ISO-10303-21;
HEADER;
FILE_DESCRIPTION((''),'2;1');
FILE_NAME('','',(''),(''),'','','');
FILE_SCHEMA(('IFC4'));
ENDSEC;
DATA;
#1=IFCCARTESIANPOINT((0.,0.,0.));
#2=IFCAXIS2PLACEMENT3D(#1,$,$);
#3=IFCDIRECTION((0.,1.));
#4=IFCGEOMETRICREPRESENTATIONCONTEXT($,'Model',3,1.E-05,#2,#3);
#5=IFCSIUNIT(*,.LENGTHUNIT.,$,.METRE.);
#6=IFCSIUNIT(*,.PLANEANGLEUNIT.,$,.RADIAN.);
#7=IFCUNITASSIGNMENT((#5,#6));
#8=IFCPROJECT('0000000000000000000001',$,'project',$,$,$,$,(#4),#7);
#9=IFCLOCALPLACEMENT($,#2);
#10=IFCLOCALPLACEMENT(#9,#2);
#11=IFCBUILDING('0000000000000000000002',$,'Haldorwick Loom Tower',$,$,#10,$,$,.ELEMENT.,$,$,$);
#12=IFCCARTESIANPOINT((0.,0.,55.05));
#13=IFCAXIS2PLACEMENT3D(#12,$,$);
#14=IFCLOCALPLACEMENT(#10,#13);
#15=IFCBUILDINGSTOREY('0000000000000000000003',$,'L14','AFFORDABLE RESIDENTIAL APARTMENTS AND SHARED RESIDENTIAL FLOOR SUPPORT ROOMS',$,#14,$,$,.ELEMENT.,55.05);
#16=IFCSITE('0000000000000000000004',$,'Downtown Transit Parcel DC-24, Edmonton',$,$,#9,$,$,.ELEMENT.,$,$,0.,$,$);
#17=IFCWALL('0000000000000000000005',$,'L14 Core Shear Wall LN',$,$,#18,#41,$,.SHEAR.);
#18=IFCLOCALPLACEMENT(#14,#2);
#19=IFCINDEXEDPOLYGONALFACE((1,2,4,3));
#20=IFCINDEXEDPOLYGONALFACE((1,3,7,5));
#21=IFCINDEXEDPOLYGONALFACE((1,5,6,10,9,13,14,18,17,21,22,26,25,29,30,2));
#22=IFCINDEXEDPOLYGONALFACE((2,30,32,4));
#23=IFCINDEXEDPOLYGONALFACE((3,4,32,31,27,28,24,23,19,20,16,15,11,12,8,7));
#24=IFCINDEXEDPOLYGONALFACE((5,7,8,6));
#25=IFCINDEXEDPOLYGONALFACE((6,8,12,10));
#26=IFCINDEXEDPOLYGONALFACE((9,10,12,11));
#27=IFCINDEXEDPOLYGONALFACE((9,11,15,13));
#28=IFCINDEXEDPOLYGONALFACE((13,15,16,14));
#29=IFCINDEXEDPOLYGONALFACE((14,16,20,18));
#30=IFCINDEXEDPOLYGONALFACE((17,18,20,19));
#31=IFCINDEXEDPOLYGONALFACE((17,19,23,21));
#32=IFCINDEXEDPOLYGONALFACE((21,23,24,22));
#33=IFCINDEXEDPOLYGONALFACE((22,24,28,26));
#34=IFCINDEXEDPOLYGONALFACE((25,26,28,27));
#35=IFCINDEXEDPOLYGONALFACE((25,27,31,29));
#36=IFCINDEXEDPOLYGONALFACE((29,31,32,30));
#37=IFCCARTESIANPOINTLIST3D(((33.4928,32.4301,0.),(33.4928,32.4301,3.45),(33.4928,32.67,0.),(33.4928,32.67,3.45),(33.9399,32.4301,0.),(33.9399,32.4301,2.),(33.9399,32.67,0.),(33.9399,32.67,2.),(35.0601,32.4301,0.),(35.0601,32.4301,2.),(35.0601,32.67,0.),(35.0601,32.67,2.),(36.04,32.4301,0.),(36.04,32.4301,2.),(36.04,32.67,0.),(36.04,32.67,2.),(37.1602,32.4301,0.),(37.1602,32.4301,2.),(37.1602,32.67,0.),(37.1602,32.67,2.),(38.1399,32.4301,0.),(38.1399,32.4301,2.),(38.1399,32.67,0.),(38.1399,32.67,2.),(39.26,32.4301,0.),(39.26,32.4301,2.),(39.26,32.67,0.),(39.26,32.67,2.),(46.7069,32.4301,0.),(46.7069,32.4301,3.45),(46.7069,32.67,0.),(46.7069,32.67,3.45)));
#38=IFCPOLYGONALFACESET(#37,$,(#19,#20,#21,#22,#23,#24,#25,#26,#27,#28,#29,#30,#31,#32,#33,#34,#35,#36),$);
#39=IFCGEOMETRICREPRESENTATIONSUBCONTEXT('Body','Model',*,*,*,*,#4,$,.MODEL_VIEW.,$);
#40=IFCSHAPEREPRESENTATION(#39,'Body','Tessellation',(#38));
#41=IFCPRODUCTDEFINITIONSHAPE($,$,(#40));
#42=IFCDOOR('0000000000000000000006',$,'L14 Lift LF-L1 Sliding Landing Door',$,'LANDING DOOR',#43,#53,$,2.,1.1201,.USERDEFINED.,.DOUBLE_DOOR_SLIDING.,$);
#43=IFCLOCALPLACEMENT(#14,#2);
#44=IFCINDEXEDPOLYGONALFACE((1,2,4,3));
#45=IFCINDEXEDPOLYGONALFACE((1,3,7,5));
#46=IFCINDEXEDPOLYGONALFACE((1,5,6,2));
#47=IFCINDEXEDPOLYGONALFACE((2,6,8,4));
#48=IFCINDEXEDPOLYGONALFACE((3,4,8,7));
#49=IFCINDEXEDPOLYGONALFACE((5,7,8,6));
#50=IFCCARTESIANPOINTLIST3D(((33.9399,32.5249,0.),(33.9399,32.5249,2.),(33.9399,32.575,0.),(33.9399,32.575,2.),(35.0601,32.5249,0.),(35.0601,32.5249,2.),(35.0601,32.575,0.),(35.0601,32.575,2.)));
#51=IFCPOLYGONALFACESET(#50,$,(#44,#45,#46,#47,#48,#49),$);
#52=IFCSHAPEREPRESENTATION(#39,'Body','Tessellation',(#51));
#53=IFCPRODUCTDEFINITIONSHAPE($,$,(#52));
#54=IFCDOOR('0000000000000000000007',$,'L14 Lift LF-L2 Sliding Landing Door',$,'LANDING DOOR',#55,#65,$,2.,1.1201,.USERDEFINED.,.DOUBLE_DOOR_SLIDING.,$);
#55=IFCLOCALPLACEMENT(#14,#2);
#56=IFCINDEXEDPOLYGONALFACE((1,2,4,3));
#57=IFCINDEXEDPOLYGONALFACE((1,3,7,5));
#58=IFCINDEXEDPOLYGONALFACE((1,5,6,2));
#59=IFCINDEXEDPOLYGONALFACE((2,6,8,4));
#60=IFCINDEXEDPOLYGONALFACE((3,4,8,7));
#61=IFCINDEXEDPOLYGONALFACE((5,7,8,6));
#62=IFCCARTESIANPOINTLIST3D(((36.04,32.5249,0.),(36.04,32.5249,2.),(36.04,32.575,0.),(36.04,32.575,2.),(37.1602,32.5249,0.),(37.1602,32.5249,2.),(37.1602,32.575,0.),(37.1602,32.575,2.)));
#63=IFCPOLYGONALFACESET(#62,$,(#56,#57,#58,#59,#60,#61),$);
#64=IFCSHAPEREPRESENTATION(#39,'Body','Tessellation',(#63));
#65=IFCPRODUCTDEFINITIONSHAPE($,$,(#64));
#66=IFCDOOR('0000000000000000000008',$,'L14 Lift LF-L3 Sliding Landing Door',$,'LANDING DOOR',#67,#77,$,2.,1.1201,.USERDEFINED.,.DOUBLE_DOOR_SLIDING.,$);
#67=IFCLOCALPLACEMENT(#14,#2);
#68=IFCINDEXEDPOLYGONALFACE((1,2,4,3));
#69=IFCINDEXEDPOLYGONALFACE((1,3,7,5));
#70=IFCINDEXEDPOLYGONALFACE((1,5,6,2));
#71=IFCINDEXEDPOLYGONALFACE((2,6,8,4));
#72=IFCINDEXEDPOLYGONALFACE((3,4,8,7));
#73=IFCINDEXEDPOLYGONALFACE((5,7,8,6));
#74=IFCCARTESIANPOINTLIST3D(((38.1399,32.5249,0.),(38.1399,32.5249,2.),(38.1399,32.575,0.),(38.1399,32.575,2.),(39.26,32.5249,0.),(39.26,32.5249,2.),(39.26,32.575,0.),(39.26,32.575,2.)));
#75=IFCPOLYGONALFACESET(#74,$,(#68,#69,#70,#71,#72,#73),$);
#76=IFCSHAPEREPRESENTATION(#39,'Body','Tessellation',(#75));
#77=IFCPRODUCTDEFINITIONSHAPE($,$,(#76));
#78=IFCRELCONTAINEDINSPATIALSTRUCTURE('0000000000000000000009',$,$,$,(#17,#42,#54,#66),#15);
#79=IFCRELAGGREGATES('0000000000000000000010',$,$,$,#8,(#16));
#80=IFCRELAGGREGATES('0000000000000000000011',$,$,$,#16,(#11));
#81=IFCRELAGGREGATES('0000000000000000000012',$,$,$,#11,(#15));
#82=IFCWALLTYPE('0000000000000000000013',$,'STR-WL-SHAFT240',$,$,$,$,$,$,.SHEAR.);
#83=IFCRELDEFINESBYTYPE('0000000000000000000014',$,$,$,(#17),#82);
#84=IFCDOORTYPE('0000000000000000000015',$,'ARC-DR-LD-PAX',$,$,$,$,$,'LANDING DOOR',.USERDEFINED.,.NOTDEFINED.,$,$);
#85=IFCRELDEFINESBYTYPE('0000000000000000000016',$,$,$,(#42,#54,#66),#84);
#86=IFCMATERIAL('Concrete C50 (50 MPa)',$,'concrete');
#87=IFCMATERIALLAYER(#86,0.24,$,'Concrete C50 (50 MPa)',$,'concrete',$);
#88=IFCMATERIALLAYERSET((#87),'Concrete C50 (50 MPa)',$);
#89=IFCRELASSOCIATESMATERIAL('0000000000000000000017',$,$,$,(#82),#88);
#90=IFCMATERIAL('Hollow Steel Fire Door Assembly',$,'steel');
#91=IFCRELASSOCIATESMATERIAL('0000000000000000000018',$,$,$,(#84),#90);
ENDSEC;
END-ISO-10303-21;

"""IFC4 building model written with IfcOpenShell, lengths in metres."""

from ifc_helpers import new_model, si_unit, direction, frame, frame_2d, origin, place, context, subcontext, project, spatial, rectangle, extrude, material, layer, layer_set, type_object, element, fill, save


model = new_model("IFC4")

# Units and contexts
model_context = context("Model", 3, precision=1e-05, world=origin(), true_north=direction((0.0, 1.0)))
body_context = subcontext(model_context, "Body", "Model", "MODEL_VIEW")
ifc_project = project(units=[si_unit("LENGTHUNIT", "METRE"), si_unit("PLANEANGLEUNIT", "RADIAN")], contexts=[model_context])

# Site, building, storey
site_placement = place(None, origin())
site = spatial("IfcSite", under=ifc_project, at=site_placement, Name="Downtown Transit Parcel DC-24, Edmonton", CompositionType="ELEMENT", RefElevation=0.0)
building_placement = place(site_placement, origin())
building = spatial("IfcBuilding", under=site, at=building_placement, Name="Haldorwick Loom Tower", CompositionType="ELEMENT")
storey_placement = place(building_placement, frame((0.0, 0.0, 55.05)))
storey = spatial("IfcBuildingStorey", under=building, at=storey_placement, Name="L14", Description="AFFORDABLE RESIDENTIAL APARTMENTS AND SHARED RESIDENTIAL FLOOR SUPPORT ROOMS", CompositionType="ELEMENT", Elevation=55.05)

# Shared definitions
ifc_material_1 = material(Name="Concrete C50 (50 MPa)", Category="concrete")
ifc_layer_1 = layer(ifc_material_1, 0.24, Name="Concrete C50 (50 MPa)", Category="concrete")
ifc_layer_set_1 = layer_set([ifc_layer_1], Name="Concrete C50 (50 MPa)")
wall_type_1 = type_object("IfcWallType", Name="STR-WL-SHAFT240", PredefinedType="SHEAR", material=ifc_layer_set_1)

# Wall, openings, doors
wall_1_placement = place(storey_placement, frame((33.4929, 32.55, 0.0), z_axis=(0.0, 0.0, 1.0), x_axis=(1.0, 0.0, 0.0)))
wall_1 = element("IfcWall", 1, at=wall_1_placement, inside=storey, type_object=wall_type_1, Name="L14 Core Shear Wall LN", PredefinedType="SHEAR", context=body_context, shape_type="SweptSolid", body=[
    extrude(rectangle(XDim=13.2141, YDim=0.24, at=frame_2d((6.6069, 0.0))), origin(), (0.0, 0.0, 1.0), 3.45),
])
opening_1_placement = place(wall_1_placement, frame((0.447, 0.0, 0.0)))
opening_1 = element("IfcOpeningElement", 2, at=opening_1_placement, cuts=wall_1, PredefinedType="OPENING", context=body_context, shape_type="SweptSolid", body=[
    extrude(rectangle(XDim=1.1201, YDim=2.0, at=frame_2d((0.5601, 1.0))), frame((0.0, 0.1299, 0.0), z_axis=(0.0, -1.0, 0.0), x_axis=(1.0, 0.0, 0.0)), (0.0, 0.0, 1.0), 0.26),
])
opening_2_placement = place(wall_1_placement, frame((2.5471, 0.0, 0.0)))
opening_2 = element("IfcOpeningElement", 3, at=opening_2_placement, cuts=wall_1, PredefinedType="OPENING", context=body_context, shape_type="SweptSolid", body=[
    extrude(rectangle(XDim=1.1201, YDim=2.0, at=frame_2d((0.5601, 1.0))), frame((0.0, 0.1299, 0.0), z_axis=(0.0, -1.0, 0.0), x_axis=(1.0, 0.0, 0.0)), (0.0, 0.0, 1.0), 0.26),
])
opening_3_placement = place(wall_1_placement, frame((4.647, 0.0, 0.0)))
opening_3 = element("IfcOpeningElement", 4, at=opening_3_placement, cuts=wall_1, PredefinedType="OPENING", context=body_context, shape_type="SweptSolid", body=[
    extrude(rectangle(XDim=1.1201, YDim=2.0, at=frame_2d((0.5601, 1.0))), frame((0.0, 0.1299, 0.0), z_axis=(0.0, -1.0, 0.0), x_axis=(1.0, 0.0, 0.0)), (0.0, 0.0, 1.0), 0.26),
])
ifc_material_2 = material(Name="Hollow Steel Fire Door Assembly", Category="steel")
door_type_1 = type_object("IfcDoorType", Name="ARC-DR-LD-PAX", ElementType="LANDING DOOR", OperationType="NOTDEFINED", PredefinedType="USERDEFINED", material=ifc_material_2)
door_1_placement = place(opening_1_placement, origin())
door_1 = element("IfcDoor", 5, at=door_1_placement, inside=storey, type_object=door_type_1, Name="L14 Lift LF-L1 Sliding Landing Door", ObjectType="LANDING DOOR", OperationType="DOUBLE_DOOR_SLIDING", OverallHeight=2.0, OverallWidth=1.1201, PredefinedType="USERDEFINED", context=body_context, shape_type="SweptSolid", body=[
    extrude(rectangle(XDim=1.1201, YDim=2.0, at=frame_2d((0.5601, 1.0))), frame((0.0, 0.0249, 0.0), z_axis=(0.0, -1.0, 0.0), x_axis=(1.0, 0.0, 0.0)), (0.0, 0.0, 1.0), 0.05),
])
fill(opening_1, door_1)
door_2_placement = place(opening_2_placement, origin())
door_2 = element("IfcDoor", 6, at=door_2_placement, inside=storey, type_object=door_type_1, Name="L14 Lift LF-L2 Sliding Landing Door", ObjectType="LANDING DOOR", OperationType="DOUBLE_DOOR_SLIDING", OverallHeight=2.0, OverallWidth=1.1201, PredefinedType="USERDEFINED", context=body_context, shape_type="SweptSolid", body=[
    extrude(rectangle(XDim=1.1201, YDim=2.0, at=frame_2d((0.5601, 1.0))), frame((0.0, 0.0249, 0.0), z_axis=(0.0, -1.0, 0.0), x_axis=(1.0, 0.0, 0.0)), (0.0, 0.0, 1.0), 0.05),
])
fill(opening_2, door_2)
door_3_placement = place(opening_3_placement, origin())
door_3 = element("IfcDoor", 7, at=door_3_placement, inside=storey, type_object=door_type_1, Name="L14 Lift LF-L3 Sliding Landing Door", ObjectType="LANDING DOOR", OperationType="DOUBLE_DOOR_SLIDING", OverallHeight=2.0, OverallWidth=1.1201, PredefinedType="USERDEFINED", context=body_context, shape_type="SweptSolid", body=[
    extrude(rectangle(XDim=1.1201, YDim=2.0, at=frame_2d((0.5601, 1.0))), frame((0.0, 0.0249, 0.0), z_axis=(0.0, -1.0, 0.0), x_axis=(1.0, 0.0, 0.0)), (0.0, 0.0, 1.0), 0.05),
])
fill(opening_3, door_3)

save(model, "model.ifc")
